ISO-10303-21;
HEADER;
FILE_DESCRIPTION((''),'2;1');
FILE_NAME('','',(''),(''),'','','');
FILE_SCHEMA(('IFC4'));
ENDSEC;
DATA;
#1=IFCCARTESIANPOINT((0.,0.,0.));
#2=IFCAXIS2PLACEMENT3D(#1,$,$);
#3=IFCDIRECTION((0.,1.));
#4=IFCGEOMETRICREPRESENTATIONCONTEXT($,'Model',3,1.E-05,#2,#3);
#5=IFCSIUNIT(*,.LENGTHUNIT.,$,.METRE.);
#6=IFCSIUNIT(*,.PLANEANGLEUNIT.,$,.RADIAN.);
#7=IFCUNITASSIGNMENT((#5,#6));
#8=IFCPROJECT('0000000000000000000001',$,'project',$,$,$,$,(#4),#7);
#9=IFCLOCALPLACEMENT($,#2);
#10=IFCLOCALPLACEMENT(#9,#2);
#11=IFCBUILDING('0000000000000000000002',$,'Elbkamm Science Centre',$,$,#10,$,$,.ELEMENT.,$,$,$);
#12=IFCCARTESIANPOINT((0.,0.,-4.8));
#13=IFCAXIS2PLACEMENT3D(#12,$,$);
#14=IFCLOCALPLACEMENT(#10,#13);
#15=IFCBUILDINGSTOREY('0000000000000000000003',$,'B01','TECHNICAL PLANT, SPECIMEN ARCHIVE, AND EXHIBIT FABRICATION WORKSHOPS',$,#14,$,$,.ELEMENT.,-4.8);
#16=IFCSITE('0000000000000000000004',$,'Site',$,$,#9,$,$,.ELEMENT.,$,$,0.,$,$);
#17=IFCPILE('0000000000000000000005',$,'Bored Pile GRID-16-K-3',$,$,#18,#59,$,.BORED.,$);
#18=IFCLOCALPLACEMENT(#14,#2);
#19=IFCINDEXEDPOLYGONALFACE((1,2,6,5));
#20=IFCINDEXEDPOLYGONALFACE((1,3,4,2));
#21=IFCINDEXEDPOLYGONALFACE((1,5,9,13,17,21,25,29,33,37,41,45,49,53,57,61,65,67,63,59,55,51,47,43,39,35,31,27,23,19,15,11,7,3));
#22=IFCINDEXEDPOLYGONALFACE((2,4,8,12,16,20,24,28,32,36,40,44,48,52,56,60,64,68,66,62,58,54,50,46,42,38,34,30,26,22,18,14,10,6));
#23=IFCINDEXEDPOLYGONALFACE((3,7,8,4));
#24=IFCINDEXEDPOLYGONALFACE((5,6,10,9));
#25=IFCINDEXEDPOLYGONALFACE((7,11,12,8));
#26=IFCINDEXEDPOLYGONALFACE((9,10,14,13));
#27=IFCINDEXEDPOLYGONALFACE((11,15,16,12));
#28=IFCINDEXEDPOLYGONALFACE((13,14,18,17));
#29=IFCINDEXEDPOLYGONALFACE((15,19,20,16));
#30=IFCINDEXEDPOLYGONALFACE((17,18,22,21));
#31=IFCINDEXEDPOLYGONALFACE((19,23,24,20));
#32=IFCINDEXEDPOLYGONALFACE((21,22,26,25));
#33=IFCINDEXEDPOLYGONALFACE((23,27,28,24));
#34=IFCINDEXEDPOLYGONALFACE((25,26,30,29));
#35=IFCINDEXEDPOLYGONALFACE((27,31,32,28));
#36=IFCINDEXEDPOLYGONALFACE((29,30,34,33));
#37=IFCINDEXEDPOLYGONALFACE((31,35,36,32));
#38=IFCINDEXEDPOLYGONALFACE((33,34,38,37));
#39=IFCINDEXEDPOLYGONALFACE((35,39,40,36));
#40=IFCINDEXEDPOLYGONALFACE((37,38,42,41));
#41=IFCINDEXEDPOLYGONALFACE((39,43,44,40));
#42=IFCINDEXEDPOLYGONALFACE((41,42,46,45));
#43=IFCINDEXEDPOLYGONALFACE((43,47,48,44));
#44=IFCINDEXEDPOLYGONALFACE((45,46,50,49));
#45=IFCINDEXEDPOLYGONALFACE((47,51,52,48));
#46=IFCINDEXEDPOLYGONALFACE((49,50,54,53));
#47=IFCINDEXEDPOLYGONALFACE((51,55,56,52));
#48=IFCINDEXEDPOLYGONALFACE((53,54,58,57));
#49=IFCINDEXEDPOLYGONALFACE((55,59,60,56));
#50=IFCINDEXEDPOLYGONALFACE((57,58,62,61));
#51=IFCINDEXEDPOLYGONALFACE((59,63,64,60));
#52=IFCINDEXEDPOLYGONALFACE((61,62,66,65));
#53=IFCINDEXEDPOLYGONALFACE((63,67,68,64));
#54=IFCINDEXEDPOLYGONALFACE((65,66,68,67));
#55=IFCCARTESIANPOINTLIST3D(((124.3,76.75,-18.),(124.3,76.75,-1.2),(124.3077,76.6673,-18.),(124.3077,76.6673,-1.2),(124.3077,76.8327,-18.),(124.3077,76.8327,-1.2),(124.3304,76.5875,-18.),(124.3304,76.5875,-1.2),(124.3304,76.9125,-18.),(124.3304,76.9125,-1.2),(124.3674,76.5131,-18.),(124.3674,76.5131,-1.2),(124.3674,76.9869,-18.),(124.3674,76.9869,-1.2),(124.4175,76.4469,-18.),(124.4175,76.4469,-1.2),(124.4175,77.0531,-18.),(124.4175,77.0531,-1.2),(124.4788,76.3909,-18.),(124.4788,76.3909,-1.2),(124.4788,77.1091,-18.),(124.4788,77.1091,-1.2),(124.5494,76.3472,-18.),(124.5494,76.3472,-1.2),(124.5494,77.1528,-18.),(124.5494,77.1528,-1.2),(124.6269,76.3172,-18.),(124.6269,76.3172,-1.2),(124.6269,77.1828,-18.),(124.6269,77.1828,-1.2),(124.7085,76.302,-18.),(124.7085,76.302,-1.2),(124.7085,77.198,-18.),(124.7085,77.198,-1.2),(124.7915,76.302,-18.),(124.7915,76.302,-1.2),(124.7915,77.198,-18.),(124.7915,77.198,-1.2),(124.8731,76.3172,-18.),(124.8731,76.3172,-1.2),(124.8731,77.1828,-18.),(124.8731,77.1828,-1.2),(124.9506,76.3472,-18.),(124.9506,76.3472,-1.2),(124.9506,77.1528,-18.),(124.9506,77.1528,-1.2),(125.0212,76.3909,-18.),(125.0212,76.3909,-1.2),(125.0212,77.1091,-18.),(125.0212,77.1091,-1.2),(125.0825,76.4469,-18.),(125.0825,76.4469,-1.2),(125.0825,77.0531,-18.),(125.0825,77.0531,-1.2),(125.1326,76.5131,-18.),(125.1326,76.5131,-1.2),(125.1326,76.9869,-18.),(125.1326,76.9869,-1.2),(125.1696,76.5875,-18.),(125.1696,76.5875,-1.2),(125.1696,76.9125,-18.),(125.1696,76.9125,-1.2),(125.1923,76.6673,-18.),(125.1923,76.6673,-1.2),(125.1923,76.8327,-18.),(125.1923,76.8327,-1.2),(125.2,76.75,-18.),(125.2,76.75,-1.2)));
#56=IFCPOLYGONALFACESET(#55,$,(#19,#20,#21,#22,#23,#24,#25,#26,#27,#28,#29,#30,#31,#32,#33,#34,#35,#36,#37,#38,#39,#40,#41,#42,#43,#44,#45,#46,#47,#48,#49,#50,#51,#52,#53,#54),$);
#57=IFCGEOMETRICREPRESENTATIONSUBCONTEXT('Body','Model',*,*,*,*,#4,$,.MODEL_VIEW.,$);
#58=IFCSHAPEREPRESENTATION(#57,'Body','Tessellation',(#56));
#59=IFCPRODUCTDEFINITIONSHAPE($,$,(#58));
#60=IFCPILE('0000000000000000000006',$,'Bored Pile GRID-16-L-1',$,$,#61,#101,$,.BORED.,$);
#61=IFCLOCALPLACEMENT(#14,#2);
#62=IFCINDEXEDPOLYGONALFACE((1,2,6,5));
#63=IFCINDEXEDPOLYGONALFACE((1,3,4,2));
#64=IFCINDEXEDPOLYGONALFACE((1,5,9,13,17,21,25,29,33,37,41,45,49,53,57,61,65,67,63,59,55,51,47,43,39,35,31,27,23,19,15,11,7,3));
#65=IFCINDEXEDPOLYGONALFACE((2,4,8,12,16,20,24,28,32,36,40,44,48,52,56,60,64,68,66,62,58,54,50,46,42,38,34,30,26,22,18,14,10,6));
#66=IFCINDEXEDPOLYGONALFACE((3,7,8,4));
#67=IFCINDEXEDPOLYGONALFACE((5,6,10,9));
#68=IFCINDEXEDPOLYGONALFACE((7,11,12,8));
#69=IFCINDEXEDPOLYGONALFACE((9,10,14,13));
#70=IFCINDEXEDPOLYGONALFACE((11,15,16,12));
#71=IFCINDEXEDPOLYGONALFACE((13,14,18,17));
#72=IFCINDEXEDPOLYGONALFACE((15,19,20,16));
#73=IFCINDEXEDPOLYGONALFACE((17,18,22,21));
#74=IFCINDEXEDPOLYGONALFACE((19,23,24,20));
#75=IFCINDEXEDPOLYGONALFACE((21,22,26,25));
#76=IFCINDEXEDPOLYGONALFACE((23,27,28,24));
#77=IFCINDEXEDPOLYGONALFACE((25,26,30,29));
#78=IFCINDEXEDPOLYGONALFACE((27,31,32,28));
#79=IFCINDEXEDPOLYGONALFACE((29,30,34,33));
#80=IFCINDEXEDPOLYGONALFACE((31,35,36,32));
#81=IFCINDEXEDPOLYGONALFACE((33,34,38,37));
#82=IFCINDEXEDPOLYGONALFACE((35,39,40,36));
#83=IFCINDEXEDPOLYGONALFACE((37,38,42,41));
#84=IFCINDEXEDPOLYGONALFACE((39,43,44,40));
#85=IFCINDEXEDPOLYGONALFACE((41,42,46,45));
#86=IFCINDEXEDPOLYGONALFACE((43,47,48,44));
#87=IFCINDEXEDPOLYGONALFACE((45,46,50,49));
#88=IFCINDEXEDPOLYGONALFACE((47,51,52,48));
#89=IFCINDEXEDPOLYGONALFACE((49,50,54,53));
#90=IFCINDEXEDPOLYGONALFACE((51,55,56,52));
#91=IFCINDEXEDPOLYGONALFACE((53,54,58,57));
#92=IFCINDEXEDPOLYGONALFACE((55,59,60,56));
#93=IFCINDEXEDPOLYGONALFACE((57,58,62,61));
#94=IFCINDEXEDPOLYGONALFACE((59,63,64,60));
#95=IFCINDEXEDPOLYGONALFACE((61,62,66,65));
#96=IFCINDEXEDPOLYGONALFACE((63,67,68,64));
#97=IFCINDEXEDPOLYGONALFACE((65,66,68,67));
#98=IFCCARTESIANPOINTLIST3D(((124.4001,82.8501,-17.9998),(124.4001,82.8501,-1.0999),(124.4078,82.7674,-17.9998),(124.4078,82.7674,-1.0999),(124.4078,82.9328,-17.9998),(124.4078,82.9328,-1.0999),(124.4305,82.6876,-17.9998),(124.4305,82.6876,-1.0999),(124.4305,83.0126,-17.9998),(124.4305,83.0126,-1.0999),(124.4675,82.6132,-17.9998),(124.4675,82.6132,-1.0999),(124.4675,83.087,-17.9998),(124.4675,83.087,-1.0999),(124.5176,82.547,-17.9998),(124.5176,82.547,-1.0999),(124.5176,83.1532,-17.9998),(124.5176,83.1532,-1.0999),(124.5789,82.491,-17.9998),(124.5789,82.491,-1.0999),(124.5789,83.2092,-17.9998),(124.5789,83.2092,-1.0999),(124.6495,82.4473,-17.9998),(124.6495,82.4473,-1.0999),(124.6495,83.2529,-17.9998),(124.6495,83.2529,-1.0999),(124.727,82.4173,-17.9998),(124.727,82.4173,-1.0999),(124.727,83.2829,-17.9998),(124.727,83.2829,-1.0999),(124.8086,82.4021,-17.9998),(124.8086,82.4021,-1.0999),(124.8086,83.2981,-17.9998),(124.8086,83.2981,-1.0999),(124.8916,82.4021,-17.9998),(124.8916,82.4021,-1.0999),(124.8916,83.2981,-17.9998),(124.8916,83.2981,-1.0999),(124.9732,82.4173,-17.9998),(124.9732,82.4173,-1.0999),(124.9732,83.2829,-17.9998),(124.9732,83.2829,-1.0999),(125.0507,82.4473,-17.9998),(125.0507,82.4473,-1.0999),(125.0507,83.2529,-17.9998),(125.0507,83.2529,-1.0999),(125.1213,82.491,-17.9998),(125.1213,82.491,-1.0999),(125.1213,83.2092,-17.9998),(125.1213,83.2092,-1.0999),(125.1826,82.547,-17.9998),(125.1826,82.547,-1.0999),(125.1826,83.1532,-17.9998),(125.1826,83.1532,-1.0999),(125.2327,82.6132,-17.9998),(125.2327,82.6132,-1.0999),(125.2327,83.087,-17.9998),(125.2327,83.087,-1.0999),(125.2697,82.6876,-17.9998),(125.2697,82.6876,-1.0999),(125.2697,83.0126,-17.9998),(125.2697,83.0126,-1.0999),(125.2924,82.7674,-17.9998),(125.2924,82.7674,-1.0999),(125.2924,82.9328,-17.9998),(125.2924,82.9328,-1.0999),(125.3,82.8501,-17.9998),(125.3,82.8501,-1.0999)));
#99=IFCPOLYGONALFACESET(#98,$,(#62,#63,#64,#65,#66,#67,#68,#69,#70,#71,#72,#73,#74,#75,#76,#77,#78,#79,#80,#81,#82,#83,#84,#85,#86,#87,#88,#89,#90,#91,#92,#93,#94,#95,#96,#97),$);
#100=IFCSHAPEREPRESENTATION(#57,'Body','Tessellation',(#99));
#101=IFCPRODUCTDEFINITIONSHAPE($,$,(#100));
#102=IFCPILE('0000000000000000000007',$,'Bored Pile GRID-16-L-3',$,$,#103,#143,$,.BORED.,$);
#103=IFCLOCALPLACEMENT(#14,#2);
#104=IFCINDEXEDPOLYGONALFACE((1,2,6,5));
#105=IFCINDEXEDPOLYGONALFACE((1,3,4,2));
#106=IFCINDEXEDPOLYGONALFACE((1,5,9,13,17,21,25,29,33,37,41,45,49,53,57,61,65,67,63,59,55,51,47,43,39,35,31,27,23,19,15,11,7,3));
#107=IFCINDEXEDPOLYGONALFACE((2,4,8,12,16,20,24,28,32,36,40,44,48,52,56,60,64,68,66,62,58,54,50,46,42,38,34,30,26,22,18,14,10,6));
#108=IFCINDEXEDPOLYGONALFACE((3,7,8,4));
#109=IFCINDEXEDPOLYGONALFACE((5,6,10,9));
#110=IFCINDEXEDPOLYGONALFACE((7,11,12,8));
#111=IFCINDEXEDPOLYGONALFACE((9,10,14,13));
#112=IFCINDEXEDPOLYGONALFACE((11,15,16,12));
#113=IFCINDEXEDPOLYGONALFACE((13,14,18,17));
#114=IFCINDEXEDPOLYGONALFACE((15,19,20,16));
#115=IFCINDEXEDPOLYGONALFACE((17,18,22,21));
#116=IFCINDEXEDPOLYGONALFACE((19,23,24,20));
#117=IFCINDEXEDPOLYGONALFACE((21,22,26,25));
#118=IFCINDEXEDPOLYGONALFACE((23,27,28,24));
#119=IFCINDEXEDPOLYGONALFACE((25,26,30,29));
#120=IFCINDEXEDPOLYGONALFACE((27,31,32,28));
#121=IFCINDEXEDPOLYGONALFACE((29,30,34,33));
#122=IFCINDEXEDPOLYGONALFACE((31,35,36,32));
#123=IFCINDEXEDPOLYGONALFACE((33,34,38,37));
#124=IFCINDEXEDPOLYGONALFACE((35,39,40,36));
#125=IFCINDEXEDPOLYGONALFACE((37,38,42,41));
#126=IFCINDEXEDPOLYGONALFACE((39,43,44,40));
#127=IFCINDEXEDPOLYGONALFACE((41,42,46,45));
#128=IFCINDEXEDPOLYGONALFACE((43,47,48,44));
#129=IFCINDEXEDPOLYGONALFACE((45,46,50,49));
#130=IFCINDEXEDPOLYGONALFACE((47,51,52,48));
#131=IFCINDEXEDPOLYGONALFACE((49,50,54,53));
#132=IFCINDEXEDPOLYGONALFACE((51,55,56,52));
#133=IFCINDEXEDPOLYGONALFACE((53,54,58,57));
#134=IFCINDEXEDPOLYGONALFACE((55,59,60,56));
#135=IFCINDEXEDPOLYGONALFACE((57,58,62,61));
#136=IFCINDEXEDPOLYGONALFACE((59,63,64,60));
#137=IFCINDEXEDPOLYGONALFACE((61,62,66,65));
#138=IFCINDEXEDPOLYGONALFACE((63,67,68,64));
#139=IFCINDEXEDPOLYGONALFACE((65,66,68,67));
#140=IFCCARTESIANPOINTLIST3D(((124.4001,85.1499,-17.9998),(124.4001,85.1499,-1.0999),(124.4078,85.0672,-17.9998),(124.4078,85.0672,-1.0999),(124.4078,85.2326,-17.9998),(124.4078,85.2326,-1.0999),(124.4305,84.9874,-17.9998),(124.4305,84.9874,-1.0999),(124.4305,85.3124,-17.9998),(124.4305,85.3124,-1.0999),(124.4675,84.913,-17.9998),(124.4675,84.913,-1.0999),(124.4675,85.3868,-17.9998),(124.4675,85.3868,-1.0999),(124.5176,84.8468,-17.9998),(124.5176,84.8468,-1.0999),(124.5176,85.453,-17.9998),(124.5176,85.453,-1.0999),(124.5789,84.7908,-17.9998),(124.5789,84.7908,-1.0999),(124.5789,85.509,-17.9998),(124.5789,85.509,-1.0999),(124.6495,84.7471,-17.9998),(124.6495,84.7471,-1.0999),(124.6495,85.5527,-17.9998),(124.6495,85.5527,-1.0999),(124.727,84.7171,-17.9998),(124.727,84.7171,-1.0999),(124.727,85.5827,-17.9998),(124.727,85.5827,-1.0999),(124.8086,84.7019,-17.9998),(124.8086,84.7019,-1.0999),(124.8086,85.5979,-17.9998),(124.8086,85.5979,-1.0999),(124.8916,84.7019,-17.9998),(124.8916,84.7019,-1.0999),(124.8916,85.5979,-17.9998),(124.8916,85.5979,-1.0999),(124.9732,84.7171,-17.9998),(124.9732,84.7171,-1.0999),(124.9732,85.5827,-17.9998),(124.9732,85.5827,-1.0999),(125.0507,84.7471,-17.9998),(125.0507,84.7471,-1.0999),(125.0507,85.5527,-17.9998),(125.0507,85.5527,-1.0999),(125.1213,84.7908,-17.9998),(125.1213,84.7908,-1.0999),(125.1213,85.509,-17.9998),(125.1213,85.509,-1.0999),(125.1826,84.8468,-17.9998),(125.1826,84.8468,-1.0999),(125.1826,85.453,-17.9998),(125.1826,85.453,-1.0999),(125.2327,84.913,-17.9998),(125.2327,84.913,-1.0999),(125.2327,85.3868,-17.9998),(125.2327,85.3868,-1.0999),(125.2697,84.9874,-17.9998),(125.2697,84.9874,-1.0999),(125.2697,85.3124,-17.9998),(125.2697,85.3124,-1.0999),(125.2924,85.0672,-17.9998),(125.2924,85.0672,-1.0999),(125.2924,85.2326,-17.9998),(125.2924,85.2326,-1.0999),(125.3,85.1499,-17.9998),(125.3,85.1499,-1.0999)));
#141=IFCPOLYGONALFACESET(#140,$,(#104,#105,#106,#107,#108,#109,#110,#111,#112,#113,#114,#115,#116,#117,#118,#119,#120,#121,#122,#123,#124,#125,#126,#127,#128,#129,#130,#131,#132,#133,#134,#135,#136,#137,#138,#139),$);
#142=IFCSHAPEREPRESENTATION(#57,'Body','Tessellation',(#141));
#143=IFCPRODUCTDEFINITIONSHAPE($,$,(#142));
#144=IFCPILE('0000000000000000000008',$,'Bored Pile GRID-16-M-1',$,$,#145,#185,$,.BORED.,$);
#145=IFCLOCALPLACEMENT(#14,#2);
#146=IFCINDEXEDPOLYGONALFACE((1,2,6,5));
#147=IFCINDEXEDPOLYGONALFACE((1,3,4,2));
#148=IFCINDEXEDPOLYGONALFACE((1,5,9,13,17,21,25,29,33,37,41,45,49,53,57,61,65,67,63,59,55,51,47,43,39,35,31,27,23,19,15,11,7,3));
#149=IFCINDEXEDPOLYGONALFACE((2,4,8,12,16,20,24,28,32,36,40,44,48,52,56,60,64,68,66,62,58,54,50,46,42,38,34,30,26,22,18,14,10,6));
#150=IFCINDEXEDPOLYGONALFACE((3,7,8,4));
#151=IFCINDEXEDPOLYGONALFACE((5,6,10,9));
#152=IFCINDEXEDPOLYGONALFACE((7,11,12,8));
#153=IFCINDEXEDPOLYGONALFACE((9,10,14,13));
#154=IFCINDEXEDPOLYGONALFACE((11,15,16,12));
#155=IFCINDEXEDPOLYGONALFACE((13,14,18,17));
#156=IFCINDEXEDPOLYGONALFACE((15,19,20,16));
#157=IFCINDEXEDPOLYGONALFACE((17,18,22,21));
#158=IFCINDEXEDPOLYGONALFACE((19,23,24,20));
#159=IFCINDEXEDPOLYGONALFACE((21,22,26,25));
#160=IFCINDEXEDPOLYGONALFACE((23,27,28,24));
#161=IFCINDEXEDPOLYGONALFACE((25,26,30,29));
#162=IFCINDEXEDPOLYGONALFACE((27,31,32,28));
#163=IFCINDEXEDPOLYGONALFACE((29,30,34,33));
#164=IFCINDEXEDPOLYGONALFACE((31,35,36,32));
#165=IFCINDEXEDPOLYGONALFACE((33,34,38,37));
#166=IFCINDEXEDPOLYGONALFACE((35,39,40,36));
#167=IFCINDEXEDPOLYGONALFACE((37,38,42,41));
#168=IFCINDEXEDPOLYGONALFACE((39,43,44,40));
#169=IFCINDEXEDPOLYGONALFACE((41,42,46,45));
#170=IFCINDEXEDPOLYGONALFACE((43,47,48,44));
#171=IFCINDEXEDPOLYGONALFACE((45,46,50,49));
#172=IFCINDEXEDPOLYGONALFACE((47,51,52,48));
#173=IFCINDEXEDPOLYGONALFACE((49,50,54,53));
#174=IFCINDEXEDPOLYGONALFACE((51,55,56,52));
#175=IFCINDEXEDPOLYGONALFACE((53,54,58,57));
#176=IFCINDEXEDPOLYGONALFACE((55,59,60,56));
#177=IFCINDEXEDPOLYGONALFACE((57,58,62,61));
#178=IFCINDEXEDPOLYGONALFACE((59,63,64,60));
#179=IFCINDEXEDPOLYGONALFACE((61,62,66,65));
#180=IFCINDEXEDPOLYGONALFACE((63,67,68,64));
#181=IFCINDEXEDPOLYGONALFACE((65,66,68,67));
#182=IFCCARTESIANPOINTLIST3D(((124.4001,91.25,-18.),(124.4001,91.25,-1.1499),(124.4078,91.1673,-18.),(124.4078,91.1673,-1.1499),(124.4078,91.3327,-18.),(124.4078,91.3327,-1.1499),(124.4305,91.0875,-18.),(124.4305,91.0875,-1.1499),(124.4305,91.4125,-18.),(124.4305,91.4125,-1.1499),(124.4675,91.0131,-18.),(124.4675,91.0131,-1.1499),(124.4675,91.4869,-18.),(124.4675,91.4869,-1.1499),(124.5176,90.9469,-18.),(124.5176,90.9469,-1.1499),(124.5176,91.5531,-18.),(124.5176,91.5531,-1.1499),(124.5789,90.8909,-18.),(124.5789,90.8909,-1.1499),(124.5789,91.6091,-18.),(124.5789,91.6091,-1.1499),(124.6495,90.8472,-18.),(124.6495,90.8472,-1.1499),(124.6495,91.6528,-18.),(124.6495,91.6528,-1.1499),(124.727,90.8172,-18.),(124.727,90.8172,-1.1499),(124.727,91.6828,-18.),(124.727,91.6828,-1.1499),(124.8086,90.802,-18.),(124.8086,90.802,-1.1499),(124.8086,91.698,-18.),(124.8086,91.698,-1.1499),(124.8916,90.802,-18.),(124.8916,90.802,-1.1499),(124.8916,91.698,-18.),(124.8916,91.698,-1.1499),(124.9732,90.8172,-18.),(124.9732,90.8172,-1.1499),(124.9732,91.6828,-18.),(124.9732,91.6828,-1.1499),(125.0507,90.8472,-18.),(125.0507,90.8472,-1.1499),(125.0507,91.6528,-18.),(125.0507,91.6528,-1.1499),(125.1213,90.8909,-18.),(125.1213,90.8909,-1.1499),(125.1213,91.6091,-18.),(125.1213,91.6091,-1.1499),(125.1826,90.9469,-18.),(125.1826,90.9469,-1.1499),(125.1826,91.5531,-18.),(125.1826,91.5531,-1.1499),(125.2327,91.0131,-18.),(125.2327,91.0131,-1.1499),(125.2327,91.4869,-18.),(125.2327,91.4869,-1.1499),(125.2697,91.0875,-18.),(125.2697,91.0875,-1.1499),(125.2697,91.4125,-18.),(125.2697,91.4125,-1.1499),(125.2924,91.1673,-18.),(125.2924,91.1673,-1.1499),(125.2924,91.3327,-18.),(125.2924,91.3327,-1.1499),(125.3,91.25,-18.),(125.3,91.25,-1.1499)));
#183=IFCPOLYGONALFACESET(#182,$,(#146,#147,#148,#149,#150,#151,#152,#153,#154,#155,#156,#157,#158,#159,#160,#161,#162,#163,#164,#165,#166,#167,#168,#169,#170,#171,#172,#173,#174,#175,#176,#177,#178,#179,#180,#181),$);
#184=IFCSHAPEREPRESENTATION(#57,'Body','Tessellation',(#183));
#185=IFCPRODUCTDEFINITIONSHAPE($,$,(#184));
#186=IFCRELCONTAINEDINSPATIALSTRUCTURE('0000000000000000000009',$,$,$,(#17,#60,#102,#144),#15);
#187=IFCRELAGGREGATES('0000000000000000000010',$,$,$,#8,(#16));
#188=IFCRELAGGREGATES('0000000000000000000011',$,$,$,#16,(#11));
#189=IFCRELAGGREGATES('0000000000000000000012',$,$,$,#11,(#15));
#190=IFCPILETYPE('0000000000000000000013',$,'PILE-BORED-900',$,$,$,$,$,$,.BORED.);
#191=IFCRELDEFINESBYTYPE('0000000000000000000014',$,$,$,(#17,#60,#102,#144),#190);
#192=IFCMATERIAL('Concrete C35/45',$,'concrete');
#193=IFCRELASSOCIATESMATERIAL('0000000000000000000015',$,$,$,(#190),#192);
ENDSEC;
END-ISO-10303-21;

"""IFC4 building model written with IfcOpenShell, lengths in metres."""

from ifc_helpers import new_model, si_unit, direction, frame, origin, origin_2d, place, context, subcontext, project, spatial, circle, extrude, material, material_profile, profile_set, type_object, element, save


model = new_model("IFC4")

# Units and contexts
model_context = context("Model", 3, precision=1e-05, world=origin(), true_north=direction((0.0, 1.0)))
body_context = subcontext(model_context, "Body", "Model", "MODEL_VIEW")
ifc_project = project(units=[si_unit("LENGTHUNIT", "METRE"), si_unit("PLANEANGLEUNIT", "RADIAN")], contexts=[model_context])

# Site, building, storey
site_placement = place(None, origin())
site = spatial("IfcSite", under=ifc_project, at=site_placement, Name="Site", CompositionType="ELEMENT", RefElevation=0.0)
building_placement = place(site_placement, origin())
building = spatial("IfcBuilding", under=site, at=building_placement, Name="Elbkamm Science Centre", CompositionType="ELEMENT")
storey_placement = place(building_placement, frame((0.0, 0.0, -4.8)))
storey = spatial("IfcBuildingStorey", under=building, at=storey_placement, Name="B01", Description="TECHNICAL PLANT, SPECIMEN ARCHIVE, AND EXHIBIT FABRICATION WORKSHOPS", CompositionType="ELEMENT", Elevation=-4.8)

# Shared definitions
ifc_material_1 = material(Name="Concrete C35/45", Category="concrete")

# Piles
ifc_material_profile_1 = material_profile(ifc_material_1, circle(Radius=0.45, at=origin_2d()), Name="PILE D900")
ifc_profile_set_1 = profile_set([ifc_material_profile_1], Name="Concrete C35/45")
pile_type = type_object("IfcPileType", Name="PILE-BORED-900", PredefinedType="BORED", material=ifc_profile_set_1)
for number, where, z_axis, x_axis, name in (
    (1, (124.75, 76.75, -1.2), (0.0, 0.0, -1.0), (1.0, 0.0, 0.0), "Bored Pile GRID-16-K-3"),
):
    element("IfcPile", number, at=place(storey_placement, frame(where, z_axis=z_axis, x_axis=x_axis)), inside=storey, type_object=pile_type, Name=name, PredefinedType="BORED", context=body_context, shape_type="SweptSolid", body=[
        extrude(circle(Radius=0.45, at=origin_2d()), origin(), (0.0, 0.0, 1.0), 16.8),
    ])
for number, where, z_axis, x_axis, name in (
    (2, (124.8501, 82.8501, -1.0999), (0.0, 0.0, -1.0), (1.0, 0.0, 0.0), "Bored Pile GRID-16-L-1"),
    (3, (124.8501, 85.1499, -1.0999), (0.0, 0.0, -1.0), (1.0, 0.0, 0.0), "Bored Pile GRID-16-L-3"),
):
    element("IfcPile", number, at=place(storey_placement, frame(where, z_axis=z_axis, x_axis=x_axis)), inside=storey, type_object=pile_type, Name=name, PredefinedType="BORED", context=body_context, shape_type="SweptSolid", body=[
        extrude(circle(Radius=0.45, at=origin_2d()), origin(), (0.0, 0.0, 1.0), 16.8999),
    ])
for number, where, z_axis, x_axis, name in (
    (4, (124.8501, 91.25, -1.1499), (0.0, 0.0, -1.0), (1.0, 0.0, 0.0), "Bored Pile GRID-16-M-1"),
):
    element("IfcPile", number, at=place(storey_placement, frame(where, z_axis=z_axis, x_axis=x_axis)), inside=storey, type_object=pile_type, Name=name, PredefinedType="BORED", context=body_context, shape_type="SweptSolid", body=[
        extrude(circle(Radius=0.45, at=origin_2d()), origin(), (0.0, 0.0, 1.0), 16.8501),
    ])

save(model, "model.ifc")
